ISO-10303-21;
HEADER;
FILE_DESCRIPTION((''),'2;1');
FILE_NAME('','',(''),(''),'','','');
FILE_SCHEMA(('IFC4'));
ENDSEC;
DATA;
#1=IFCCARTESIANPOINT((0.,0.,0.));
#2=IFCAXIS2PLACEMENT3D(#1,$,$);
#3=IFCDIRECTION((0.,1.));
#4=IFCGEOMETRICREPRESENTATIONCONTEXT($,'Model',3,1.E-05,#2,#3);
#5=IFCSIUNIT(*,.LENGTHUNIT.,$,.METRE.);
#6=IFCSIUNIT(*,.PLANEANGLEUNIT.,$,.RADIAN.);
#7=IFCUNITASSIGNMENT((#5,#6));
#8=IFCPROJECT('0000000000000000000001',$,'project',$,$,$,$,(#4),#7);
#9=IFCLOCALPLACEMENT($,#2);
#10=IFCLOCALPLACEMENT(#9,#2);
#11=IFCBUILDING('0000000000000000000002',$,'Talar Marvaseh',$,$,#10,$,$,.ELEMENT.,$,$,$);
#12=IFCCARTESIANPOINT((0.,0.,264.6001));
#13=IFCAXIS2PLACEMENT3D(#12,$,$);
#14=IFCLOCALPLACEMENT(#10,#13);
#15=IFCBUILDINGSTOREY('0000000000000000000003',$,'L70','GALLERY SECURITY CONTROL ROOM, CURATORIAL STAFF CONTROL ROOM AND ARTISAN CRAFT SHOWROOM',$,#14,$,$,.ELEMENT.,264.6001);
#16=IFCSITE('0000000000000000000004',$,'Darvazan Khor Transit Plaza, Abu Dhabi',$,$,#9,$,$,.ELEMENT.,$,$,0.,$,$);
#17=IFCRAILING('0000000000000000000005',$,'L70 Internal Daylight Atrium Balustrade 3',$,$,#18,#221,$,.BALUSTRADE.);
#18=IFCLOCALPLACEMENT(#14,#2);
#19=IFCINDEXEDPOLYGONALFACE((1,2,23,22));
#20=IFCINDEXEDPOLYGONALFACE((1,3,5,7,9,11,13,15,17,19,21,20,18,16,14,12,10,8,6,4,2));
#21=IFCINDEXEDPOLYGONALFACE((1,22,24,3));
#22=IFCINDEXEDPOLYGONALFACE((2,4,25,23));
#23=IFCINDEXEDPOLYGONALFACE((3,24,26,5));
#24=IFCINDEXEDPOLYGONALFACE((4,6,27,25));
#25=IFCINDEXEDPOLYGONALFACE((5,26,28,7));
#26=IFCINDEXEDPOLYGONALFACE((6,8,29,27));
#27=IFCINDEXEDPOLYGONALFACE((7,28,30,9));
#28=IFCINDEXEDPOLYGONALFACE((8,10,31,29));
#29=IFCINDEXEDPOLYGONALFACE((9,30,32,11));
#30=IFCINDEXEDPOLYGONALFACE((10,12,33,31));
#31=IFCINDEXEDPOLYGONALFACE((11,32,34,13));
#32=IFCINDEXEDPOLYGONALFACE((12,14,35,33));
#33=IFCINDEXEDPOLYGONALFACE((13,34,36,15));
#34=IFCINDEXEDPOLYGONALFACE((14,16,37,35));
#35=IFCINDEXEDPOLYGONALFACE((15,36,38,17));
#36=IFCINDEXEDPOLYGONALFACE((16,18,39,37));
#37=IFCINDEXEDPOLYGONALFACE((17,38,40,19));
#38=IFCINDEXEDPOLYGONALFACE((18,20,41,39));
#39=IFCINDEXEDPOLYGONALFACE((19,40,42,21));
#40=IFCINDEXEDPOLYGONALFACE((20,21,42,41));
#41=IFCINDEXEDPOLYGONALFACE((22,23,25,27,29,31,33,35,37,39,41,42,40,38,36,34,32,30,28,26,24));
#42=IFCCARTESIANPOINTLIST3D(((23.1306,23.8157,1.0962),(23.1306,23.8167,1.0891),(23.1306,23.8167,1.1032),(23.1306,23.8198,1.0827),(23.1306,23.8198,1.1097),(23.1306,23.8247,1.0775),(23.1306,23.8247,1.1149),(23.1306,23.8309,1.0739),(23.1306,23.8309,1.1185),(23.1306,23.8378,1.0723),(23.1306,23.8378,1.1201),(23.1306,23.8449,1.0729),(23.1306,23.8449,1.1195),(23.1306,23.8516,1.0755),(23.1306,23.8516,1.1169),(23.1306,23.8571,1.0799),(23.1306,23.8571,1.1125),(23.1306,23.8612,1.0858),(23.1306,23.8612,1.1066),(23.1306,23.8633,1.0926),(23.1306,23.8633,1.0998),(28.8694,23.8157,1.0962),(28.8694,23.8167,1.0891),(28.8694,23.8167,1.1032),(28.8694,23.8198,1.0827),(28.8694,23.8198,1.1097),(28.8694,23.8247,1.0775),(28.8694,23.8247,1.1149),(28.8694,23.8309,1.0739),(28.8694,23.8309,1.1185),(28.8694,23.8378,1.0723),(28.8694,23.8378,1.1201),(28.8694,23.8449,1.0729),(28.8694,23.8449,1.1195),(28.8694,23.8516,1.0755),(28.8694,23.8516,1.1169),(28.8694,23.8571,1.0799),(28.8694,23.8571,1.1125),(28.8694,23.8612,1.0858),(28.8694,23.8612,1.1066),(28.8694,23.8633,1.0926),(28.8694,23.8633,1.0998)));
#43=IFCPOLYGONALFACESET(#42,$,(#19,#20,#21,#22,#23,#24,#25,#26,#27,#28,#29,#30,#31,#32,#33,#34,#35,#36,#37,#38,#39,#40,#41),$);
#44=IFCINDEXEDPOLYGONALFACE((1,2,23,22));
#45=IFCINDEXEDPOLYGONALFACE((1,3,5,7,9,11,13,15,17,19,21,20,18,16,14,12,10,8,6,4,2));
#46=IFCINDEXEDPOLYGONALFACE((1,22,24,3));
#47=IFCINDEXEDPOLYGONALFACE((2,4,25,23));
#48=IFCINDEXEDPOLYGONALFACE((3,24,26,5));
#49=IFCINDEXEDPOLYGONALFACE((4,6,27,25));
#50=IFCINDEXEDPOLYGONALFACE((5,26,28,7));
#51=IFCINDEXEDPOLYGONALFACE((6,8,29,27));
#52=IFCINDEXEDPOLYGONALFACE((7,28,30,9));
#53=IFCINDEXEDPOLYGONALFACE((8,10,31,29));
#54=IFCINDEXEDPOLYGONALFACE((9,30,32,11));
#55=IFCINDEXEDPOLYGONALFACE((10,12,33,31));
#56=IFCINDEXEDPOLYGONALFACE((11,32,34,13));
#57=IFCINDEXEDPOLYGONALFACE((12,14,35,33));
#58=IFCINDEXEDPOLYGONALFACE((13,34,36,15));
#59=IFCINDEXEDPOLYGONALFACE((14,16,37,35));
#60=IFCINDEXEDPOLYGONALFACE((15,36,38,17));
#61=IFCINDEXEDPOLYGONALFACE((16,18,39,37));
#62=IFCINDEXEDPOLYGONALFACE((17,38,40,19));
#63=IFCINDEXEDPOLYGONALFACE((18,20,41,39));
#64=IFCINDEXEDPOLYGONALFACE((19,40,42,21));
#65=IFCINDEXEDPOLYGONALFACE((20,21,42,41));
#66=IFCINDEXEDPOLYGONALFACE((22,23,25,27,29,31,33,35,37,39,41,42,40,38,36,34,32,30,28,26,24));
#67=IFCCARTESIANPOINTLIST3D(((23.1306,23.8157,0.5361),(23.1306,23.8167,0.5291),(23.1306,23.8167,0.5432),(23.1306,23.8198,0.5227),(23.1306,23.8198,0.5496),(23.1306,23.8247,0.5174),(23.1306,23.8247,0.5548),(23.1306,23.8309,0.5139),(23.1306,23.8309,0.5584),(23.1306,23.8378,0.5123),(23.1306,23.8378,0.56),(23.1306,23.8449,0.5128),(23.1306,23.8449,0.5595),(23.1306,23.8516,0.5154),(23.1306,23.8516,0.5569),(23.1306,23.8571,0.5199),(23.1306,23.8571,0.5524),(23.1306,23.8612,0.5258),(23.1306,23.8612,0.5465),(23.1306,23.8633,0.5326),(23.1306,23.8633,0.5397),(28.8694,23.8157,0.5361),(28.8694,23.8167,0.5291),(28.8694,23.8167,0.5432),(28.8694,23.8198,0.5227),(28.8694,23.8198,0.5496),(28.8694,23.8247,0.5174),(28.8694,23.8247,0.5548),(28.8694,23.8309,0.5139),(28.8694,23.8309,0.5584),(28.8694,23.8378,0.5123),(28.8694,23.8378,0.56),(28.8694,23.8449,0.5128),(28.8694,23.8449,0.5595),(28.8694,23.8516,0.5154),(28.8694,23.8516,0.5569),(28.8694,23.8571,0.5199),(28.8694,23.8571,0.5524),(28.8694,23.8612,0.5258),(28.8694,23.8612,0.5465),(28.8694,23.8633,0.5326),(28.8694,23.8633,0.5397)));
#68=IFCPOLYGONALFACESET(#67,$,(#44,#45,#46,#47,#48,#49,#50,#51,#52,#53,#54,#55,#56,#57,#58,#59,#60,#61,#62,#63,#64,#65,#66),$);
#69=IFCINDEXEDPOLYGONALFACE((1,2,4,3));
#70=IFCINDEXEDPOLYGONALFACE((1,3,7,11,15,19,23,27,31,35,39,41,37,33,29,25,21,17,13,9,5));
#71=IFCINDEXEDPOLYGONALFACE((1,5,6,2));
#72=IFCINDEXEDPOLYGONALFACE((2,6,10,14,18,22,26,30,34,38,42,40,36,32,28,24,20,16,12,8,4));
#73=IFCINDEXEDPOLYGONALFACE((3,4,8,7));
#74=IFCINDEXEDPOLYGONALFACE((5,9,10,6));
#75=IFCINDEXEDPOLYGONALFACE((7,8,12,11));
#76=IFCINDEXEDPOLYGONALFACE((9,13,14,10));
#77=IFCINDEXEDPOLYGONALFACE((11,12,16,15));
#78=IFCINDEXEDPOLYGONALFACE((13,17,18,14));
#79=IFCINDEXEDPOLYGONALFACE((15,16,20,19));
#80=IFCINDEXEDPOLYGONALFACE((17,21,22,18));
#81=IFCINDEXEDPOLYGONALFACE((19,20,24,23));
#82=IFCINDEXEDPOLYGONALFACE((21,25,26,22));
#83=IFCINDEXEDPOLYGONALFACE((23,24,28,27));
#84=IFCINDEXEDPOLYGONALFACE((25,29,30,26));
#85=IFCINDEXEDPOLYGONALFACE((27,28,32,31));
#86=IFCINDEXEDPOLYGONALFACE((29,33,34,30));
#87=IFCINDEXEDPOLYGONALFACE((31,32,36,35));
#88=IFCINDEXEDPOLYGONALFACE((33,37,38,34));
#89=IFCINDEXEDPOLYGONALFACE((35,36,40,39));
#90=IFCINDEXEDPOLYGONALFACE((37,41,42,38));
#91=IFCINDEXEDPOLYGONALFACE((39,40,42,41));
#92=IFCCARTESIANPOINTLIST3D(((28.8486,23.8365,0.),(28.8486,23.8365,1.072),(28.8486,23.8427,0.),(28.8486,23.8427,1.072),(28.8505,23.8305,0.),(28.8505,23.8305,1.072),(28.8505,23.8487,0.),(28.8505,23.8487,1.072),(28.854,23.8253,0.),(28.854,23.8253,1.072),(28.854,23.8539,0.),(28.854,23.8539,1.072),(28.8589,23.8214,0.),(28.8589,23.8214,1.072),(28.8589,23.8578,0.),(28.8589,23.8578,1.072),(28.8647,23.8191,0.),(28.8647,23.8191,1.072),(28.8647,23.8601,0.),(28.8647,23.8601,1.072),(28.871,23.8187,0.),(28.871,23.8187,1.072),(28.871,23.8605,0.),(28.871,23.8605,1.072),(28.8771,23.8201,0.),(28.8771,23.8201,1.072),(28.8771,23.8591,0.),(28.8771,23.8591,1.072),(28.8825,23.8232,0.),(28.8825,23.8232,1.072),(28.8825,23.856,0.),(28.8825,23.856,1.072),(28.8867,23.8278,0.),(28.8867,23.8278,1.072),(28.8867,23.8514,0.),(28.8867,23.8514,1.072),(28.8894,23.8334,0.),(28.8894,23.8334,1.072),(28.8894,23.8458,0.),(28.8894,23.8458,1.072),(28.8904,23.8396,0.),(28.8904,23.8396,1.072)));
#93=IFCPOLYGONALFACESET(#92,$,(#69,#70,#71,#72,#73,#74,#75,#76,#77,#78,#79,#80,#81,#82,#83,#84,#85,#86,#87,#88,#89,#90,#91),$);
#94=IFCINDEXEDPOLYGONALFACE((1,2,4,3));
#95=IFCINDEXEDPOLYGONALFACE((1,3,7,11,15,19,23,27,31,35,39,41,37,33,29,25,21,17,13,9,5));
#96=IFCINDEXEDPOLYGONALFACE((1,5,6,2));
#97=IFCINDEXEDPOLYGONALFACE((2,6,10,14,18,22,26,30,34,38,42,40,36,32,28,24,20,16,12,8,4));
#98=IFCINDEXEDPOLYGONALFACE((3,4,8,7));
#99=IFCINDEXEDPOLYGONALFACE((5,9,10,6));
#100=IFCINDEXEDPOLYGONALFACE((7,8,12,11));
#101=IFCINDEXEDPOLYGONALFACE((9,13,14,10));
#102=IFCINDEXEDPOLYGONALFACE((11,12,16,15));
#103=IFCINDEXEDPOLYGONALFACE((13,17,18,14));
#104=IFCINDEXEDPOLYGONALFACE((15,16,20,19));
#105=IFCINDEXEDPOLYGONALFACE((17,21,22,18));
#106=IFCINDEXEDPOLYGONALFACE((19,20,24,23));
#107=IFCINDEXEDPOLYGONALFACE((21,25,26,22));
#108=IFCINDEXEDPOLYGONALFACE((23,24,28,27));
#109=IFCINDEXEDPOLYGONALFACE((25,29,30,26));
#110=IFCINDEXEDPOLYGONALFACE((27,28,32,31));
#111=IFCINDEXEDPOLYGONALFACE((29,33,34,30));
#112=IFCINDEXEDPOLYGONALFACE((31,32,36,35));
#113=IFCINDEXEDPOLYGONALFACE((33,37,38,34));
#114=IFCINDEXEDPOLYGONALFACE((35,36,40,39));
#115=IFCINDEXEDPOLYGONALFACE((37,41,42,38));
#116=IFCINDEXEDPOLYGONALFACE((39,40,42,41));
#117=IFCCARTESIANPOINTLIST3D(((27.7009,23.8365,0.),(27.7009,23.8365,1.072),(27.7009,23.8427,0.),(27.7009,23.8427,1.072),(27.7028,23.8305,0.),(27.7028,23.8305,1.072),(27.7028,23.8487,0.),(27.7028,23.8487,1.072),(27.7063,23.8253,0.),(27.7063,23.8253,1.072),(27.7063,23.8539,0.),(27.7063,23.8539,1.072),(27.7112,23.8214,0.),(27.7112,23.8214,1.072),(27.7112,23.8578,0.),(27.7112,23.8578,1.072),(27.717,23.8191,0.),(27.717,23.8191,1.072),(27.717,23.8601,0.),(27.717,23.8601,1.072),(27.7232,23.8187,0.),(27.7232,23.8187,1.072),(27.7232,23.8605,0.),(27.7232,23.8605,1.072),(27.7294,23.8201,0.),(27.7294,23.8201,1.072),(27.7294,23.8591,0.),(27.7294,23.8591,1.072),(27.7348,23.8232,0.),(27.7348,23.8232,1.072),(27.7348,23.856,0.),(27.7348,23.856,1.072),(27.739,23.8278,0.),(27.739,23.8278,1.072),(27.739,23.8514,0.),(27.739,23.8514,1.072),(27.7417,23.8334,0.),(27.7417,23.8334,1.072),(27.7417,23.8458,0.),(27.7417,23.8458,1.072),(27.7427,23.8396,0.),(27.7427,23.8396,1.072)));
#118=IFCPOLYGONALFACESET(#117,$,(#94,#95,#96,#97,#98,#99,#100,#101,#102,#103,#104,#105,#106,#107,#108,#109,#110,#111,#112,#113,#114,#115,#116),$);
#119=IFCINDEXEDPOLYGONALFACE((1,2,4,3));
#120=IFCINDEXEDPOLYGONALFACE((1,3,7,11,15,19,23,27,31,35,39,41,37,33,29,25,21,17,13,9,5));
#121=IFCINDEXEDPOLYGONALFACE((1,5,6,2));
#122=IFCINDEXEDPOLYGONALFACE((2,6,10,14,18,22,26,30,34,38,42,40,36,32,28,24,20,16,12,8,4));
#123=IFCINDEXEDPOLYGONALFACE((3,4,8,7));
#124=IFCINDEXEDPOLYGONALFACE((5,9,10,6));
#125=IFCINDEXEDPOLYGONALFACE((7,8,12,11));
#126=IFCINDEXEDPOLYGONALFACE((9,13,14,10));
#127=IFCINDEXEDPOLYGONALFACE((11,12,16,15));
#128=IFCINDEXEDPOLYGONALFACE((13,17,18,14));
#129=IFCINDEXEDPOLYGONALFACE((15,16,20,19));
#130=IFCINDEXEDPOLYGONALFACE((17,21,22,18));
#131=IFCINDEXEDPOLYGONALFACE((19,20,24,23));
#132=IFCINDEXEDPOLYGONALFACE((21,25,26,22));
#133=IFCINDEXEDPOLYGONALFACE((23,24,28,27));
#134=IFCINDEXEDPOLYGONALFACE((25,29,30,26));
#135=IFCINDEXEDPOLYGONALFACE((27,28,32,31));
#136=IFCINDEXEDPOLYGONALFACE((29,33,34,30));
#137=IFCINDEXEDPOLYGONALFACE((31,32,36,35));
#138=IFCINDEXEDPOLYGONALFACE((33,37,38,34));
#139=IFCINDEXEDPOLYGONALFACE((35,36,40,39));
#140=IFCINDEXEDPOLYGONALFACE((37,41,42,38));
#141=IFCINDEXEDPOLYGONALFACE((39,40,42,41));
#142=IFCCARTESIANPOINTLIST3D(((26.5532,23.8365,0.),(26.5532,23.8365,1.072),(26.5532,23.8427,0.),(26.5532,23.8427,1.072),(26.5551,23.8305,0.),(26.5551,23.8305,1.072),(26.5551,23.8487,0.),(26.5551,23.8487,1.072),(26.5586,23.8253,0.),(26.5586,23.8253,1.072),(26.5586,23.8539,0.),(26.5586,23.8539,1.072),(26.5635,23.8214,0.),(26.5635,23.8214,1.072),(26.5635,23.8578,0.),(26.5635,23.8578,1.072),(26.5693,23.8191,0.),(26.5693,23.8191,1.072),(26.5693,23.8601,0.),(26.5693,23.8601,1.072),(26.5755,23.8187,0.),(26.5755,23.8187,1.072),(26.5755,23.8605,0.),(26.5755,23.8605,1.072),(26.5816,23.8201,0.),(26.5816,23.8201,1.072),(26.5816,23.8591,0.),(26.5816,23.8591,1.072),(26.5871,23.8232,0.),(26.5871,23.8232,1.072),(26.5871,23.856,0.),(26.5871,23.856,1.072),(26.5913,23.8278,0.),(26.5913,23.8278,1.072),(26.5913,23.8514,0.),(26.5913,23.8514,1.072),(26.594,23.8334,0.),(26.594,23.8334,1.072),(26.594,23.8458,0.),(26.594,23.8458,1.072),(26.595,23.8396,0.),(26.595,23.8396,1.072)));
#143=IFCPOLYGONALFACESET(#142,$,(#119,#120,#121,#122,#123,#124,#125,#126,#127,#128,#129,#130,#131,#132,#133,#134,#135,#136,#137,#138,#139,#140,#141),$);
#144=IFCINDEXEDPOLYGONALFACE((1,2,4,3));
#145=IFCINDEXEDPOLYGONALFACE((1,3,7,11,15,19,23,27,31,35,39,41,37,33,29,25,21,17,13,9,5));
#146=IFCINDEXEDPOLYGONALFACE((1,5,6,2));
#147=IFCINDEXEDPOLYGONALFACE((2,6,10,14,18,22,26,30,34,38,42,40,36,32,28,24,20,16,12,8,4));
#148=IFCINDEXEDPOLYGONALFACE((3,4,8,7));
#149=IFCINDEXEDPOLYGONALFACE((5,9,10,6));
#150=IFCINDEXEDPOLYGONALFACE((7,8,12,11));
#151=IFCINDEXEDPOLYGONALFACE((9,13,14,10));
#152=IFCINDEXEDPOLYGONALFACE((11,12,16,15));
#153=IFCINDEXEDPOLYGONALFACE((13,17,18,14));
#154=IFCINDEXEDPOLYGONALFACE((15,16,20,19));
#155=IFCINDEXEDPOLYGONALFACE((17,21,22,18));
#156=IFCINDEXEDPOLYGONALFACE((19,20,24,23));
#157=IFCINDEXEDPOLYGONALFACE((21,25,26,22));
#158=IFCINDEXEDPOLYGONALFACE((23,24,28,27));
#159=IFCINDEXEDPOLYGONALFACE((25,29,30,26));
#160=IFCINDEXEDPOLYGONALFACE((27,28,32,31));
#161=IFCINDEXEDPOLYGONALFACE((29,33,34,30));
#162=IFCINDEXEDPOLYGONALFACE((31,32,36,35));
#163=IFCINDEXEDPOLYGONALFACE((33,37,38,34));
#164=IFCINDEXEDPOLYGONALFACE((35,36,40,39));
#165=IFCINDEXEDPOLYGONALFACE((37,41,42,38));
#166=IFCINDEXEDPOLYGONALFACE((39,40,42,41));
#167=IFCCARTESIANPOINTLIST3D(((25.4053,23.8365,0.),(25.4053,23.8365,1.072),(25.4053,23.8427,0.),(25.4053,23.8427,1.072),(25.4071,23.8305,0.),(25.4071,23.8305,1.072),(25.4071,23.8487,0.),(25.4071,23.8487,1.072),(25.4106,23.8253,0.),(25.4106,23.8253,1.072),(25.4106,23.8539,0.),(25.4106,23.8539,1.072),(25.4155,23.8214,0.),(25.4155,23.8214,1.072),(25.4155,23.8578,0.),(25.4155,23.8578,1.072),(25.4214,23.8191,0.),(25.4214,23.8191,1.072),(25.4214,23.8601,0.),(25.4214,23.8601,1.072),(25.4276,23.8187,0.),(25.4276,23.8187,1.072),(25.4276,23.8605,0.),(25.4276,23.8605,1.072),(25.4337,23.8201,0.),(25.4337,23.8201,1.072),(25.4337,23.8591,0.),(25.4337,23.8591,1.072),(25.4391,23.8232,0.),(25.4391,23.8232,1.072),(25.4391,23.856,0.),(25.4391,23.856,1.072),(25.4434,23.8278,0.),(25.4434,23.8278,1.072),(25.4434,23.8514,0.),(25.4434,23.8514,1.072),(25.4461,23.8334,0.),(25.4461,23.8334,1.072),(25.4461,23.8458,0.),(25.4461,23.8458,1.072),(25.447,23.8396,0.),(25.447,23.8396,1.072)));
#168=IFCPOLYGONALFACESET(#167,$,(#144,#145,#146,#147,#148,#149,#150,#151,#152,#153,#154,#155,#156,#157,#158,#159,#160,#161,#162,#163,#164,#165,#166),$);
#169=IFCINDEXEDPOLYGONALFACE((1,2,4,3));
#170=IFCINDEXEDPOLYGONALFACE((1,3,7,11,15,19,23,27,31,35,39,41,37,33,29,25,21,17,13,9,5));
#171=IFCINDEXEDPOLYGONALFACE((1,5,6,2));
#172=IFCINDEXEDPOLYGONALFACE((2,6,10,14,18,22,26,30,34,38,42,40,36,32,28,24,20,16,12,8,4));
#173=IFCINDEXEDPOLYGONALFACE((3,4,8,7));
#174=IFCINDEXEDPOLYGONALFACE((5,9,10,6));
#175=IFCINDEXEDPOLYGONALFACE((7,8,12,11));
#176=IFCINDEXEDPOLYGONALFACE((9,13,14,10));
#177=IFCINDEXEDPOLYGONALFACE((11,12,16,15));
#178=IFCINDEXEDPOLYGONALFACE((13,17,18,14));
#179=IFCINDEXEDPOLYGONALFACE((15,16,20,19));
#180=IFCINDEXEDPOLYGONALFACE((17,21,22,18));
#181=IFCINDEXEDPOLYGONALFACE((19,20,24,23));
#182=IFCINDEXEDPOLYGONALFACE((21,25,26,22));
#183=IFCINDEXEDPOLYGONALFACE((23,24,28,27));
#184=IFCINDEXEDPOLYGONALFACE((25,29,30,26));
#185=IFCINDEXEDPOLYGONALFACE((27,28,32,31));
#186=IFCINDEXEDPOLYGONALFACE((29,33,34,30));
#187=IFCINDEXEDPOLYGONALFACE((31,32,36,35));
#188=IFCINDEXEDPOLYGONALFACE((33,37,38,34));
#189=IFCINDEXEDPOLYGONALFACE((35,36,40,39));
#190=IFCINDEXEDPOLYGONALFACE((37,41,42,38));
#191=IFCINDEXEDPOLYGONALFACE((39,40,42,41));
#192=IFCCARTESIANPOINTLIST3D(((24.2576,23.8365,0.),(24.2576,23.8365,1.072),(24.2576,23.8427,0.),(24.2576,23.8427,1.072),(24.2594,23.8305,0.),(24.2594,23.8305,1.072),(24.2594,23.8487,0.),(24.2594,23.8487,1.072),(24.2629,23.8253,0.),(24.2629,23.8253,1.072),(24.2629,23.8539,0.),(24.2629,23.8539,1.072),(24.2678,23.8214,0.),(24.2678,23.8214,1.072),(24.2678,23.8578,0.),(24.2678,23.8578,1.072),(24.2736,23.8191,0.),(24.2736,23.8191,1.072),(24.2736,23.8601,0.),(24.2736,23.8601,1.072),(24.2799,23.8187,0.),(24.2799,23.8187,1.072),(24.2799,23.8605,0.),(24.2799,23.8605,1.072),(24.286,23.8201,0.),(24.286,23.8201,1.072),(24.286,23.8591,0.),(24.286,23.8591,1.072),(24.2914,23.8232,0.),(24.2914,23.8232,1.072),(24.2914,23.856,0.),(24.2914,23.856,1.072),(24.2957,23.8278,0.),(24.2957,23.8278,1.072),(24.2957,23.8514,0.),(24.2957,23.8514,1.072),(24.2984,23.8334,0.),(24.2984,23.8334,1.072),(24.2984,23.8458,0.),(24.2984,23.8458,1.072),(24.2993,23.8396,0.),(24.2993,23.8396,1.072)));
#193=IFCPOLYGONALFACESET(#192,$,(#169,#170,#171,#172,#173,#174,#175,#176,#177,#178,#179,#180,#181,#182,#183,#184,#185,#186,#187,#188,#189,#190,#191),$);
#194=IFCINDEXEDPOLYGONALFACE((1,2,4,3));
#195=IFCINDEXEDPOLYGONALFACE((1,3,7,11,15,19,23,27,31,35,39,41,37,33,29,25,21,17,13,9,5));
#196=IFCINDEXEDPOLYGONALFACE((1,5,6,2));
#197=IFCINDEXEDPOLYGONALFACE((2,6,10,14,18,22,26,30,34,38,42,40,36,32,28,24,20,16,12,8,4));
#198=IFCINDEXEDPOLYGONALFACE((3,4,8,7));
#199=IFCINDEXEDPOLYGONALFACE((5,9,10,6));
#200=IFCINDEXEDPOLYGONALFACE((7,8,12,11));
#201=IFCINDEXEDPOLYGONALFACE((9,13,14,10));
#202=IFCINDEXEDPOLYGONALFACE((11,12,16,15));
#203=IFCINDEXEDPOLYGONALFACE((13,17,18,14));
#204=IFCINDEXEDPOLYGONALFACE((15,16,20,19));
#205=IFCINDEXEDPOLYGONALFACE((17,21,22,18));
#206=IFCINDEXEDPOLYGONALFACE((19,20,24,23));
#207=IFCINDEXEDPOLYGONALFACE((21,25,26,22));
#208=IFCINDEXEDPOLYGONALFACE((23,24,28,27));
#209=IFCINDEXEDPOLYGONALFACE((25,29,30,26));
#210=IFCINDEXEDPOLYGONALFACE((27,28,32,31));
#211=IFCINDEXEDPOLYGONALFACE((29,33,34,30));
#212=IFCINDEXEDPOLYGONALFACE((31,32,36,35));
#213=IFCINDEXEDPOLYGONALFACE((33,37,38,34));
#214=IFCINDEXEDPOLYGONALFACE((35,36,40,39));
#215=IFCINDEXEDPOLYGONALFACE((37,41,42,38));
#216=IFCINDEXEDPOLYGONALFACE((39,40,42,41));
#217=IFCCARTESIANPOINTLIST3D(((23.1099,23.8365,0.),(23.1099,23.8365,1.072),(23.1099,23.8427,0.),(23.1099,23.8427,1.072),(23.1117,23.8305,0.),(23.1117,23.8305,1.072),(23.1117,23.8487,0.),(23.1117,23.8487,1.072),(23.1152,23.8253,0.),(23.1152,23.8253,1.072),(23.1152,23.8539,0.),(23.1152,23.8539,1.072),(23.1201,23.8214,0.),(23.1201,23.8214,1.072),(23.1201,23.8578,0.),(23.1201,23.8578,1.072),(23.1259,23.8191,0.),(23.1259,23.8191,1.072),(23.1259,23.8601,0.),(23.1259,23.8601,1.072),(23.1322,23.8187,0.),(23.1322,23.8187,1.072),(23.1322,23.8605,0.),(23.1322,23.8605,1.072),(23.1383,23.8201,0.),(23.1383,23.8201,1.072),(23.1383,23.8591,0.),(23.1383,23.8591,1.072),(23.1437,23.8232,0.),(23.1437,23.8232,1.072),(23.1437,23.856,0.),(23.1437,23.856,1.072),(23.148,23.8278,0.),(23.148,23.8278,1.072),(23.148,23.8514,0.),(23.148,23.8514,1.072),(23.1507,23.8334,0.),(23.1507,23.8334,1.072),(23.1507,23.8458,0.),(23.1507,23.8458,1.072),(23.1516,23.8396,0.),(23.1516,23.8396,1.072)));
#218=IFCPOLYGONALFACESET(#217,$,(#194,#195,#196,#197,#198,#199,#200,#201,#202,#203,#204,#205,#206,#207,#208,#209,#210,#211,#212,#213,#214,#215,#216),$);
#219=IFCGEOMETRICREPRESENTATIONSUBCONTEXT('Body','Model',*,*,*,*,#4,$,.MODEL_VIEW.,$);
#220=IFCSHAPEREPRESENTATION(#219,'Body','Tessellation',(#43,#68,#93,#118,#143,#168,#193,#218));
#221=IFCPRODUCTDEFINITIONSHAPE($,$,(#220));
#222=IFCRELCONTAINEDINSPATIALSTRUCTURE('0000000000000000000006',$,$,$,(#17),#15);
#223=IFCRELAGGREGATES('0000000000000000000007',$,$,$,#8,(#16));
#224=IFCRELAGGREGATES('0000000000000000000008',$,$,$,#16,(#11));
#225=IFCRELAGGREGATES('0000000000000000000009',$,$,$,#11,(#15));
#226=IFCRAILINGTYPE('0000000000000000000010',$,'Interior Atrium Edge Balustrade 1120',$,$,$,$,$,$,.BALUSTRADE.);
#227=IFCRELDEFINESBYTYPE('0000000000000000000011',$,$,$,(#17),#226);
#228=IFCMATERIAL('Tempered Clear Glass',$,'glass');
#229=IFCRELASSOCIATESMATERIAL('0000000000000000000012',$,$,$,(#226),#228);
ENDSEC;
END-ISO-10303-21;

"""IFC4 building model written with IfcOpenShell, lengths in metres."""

from ifc_helpers import new_model, si_unit, direction, frame, origin, origin_2d, place, context, subcontext, project, spatial, circle, extrude, material, type_object, element, save


model = new_model("IFC4")

# Units and contexts
model_context = context("Model", 3, precision=1e-05, world=origin(), true_north=direction((0.0, 1.0)))
body_context = subcontext(model_context, "Body", "Model", "MODEL_VIEW")
ifc_project = project(units=[si_unit("LENGTHUNIT", "METRE"), si_unit("PLANEANGLEUNIT", "RADIAN")], contexts=[model_context])

# Site, building, storey
site_placement = place(None, origin())
site = spatial("IfcSite", under=ifc_project, at=site_placement, Name="Darvazan Khor Transit Plaza, Abu Dhabi", CompositionType="ELEMENT", RefElevation=0.0)
building_placement = place(site_placement, origin())
building = spatial("IfcBuilding", under=site, at=building_placement, Name="Talar Marvaseh", CompositionType="ELEMENT")
storey_placement = place(building_placement, frame((0.0, 0.0, 264.6001)))
storey = spatial("IfcBuildingStorey", under=building, at=storey_placement, Name="L70", Description="GALLERY SECURITY CONTROL ROOM, CURATORIAL STAFF CONTROL ROOM AND ARTISAN CRAFT SHOWROOM", CompositionType="ELEMENT", Elevation=264.6001)

# Railing
ifc_material_1 = material(Name="Tempered Clear Glass", Category="glass")
railing_type = type_object("IfcRailingType", Name="Interior Atrium Edge Balustrade 1120", PredefinedType="BALUSTRADE", material=ifc_material_1)
railing_1_placement = place(storey_placement, frame((28.8694, 23.8396, 0.0)))
element("IfcRailing", 1, at=railing_1_placement, inside=storey, type_object=railing_type, Name="L70 Internal Daylight Atrium Balustrade 3", PredefinedType="BALUSTRADE", context=body_context, shape_type="SweptSolid", body=[
    extrude(circle(Radius=0.0239, at=origin_2d()), frame((0.0, 0.0, 1.0962), z_axis=(-1.0, 0.0, 0.0), x_axis=(0.0, -1.0, 0.0)), (0.0, 0.0, 1.0), 5.7388),
    extrude(circle(Radius=0.0239, at=origin_2d()), frame((0.0, 0.0, 0.5361), z_axis=(-1.0, 0.0, 0.0), x_axis=(0.0, -1.0, 0.0)), (0.0, 0.0, 1.0), 5.7388),
    extrude(circle(Radius=0.021, at=origin_2d()), origin(), (0.0, 0.0, 1.0), 1.072),
    extrude(circle(Radius=0.021, at=origin_2d()), frame((-1.1477, 0.0, 0.0)), (0.0, 0.0, 1.0), 1.072),
    extrude(circle(Radius=0.021, at=origin_2d()), frame((-2.2954, 0.0, 0.0)), (0.0, 0.0, 1.0), 1.072),
    extrude(circle(Radius=0.021, at=origin_2d()), frame((-3.4434, 0.0, 0.0)), (0.0, 0.0, 1.0), 1.072),
    extrude(circle(Radius=0.021, at=origin_2d()), frame((-4.5911, 0.0, 0.0)), (0.0, 0.0, 1.0), 1.072),
    extrude(circle(Radius=0.021, at=origin_2d()), frame((-5.7388, 0.0, 0.0)), (0.0, 0.0, 1.0), 1.072),
])

save(model, "model.ifc")
